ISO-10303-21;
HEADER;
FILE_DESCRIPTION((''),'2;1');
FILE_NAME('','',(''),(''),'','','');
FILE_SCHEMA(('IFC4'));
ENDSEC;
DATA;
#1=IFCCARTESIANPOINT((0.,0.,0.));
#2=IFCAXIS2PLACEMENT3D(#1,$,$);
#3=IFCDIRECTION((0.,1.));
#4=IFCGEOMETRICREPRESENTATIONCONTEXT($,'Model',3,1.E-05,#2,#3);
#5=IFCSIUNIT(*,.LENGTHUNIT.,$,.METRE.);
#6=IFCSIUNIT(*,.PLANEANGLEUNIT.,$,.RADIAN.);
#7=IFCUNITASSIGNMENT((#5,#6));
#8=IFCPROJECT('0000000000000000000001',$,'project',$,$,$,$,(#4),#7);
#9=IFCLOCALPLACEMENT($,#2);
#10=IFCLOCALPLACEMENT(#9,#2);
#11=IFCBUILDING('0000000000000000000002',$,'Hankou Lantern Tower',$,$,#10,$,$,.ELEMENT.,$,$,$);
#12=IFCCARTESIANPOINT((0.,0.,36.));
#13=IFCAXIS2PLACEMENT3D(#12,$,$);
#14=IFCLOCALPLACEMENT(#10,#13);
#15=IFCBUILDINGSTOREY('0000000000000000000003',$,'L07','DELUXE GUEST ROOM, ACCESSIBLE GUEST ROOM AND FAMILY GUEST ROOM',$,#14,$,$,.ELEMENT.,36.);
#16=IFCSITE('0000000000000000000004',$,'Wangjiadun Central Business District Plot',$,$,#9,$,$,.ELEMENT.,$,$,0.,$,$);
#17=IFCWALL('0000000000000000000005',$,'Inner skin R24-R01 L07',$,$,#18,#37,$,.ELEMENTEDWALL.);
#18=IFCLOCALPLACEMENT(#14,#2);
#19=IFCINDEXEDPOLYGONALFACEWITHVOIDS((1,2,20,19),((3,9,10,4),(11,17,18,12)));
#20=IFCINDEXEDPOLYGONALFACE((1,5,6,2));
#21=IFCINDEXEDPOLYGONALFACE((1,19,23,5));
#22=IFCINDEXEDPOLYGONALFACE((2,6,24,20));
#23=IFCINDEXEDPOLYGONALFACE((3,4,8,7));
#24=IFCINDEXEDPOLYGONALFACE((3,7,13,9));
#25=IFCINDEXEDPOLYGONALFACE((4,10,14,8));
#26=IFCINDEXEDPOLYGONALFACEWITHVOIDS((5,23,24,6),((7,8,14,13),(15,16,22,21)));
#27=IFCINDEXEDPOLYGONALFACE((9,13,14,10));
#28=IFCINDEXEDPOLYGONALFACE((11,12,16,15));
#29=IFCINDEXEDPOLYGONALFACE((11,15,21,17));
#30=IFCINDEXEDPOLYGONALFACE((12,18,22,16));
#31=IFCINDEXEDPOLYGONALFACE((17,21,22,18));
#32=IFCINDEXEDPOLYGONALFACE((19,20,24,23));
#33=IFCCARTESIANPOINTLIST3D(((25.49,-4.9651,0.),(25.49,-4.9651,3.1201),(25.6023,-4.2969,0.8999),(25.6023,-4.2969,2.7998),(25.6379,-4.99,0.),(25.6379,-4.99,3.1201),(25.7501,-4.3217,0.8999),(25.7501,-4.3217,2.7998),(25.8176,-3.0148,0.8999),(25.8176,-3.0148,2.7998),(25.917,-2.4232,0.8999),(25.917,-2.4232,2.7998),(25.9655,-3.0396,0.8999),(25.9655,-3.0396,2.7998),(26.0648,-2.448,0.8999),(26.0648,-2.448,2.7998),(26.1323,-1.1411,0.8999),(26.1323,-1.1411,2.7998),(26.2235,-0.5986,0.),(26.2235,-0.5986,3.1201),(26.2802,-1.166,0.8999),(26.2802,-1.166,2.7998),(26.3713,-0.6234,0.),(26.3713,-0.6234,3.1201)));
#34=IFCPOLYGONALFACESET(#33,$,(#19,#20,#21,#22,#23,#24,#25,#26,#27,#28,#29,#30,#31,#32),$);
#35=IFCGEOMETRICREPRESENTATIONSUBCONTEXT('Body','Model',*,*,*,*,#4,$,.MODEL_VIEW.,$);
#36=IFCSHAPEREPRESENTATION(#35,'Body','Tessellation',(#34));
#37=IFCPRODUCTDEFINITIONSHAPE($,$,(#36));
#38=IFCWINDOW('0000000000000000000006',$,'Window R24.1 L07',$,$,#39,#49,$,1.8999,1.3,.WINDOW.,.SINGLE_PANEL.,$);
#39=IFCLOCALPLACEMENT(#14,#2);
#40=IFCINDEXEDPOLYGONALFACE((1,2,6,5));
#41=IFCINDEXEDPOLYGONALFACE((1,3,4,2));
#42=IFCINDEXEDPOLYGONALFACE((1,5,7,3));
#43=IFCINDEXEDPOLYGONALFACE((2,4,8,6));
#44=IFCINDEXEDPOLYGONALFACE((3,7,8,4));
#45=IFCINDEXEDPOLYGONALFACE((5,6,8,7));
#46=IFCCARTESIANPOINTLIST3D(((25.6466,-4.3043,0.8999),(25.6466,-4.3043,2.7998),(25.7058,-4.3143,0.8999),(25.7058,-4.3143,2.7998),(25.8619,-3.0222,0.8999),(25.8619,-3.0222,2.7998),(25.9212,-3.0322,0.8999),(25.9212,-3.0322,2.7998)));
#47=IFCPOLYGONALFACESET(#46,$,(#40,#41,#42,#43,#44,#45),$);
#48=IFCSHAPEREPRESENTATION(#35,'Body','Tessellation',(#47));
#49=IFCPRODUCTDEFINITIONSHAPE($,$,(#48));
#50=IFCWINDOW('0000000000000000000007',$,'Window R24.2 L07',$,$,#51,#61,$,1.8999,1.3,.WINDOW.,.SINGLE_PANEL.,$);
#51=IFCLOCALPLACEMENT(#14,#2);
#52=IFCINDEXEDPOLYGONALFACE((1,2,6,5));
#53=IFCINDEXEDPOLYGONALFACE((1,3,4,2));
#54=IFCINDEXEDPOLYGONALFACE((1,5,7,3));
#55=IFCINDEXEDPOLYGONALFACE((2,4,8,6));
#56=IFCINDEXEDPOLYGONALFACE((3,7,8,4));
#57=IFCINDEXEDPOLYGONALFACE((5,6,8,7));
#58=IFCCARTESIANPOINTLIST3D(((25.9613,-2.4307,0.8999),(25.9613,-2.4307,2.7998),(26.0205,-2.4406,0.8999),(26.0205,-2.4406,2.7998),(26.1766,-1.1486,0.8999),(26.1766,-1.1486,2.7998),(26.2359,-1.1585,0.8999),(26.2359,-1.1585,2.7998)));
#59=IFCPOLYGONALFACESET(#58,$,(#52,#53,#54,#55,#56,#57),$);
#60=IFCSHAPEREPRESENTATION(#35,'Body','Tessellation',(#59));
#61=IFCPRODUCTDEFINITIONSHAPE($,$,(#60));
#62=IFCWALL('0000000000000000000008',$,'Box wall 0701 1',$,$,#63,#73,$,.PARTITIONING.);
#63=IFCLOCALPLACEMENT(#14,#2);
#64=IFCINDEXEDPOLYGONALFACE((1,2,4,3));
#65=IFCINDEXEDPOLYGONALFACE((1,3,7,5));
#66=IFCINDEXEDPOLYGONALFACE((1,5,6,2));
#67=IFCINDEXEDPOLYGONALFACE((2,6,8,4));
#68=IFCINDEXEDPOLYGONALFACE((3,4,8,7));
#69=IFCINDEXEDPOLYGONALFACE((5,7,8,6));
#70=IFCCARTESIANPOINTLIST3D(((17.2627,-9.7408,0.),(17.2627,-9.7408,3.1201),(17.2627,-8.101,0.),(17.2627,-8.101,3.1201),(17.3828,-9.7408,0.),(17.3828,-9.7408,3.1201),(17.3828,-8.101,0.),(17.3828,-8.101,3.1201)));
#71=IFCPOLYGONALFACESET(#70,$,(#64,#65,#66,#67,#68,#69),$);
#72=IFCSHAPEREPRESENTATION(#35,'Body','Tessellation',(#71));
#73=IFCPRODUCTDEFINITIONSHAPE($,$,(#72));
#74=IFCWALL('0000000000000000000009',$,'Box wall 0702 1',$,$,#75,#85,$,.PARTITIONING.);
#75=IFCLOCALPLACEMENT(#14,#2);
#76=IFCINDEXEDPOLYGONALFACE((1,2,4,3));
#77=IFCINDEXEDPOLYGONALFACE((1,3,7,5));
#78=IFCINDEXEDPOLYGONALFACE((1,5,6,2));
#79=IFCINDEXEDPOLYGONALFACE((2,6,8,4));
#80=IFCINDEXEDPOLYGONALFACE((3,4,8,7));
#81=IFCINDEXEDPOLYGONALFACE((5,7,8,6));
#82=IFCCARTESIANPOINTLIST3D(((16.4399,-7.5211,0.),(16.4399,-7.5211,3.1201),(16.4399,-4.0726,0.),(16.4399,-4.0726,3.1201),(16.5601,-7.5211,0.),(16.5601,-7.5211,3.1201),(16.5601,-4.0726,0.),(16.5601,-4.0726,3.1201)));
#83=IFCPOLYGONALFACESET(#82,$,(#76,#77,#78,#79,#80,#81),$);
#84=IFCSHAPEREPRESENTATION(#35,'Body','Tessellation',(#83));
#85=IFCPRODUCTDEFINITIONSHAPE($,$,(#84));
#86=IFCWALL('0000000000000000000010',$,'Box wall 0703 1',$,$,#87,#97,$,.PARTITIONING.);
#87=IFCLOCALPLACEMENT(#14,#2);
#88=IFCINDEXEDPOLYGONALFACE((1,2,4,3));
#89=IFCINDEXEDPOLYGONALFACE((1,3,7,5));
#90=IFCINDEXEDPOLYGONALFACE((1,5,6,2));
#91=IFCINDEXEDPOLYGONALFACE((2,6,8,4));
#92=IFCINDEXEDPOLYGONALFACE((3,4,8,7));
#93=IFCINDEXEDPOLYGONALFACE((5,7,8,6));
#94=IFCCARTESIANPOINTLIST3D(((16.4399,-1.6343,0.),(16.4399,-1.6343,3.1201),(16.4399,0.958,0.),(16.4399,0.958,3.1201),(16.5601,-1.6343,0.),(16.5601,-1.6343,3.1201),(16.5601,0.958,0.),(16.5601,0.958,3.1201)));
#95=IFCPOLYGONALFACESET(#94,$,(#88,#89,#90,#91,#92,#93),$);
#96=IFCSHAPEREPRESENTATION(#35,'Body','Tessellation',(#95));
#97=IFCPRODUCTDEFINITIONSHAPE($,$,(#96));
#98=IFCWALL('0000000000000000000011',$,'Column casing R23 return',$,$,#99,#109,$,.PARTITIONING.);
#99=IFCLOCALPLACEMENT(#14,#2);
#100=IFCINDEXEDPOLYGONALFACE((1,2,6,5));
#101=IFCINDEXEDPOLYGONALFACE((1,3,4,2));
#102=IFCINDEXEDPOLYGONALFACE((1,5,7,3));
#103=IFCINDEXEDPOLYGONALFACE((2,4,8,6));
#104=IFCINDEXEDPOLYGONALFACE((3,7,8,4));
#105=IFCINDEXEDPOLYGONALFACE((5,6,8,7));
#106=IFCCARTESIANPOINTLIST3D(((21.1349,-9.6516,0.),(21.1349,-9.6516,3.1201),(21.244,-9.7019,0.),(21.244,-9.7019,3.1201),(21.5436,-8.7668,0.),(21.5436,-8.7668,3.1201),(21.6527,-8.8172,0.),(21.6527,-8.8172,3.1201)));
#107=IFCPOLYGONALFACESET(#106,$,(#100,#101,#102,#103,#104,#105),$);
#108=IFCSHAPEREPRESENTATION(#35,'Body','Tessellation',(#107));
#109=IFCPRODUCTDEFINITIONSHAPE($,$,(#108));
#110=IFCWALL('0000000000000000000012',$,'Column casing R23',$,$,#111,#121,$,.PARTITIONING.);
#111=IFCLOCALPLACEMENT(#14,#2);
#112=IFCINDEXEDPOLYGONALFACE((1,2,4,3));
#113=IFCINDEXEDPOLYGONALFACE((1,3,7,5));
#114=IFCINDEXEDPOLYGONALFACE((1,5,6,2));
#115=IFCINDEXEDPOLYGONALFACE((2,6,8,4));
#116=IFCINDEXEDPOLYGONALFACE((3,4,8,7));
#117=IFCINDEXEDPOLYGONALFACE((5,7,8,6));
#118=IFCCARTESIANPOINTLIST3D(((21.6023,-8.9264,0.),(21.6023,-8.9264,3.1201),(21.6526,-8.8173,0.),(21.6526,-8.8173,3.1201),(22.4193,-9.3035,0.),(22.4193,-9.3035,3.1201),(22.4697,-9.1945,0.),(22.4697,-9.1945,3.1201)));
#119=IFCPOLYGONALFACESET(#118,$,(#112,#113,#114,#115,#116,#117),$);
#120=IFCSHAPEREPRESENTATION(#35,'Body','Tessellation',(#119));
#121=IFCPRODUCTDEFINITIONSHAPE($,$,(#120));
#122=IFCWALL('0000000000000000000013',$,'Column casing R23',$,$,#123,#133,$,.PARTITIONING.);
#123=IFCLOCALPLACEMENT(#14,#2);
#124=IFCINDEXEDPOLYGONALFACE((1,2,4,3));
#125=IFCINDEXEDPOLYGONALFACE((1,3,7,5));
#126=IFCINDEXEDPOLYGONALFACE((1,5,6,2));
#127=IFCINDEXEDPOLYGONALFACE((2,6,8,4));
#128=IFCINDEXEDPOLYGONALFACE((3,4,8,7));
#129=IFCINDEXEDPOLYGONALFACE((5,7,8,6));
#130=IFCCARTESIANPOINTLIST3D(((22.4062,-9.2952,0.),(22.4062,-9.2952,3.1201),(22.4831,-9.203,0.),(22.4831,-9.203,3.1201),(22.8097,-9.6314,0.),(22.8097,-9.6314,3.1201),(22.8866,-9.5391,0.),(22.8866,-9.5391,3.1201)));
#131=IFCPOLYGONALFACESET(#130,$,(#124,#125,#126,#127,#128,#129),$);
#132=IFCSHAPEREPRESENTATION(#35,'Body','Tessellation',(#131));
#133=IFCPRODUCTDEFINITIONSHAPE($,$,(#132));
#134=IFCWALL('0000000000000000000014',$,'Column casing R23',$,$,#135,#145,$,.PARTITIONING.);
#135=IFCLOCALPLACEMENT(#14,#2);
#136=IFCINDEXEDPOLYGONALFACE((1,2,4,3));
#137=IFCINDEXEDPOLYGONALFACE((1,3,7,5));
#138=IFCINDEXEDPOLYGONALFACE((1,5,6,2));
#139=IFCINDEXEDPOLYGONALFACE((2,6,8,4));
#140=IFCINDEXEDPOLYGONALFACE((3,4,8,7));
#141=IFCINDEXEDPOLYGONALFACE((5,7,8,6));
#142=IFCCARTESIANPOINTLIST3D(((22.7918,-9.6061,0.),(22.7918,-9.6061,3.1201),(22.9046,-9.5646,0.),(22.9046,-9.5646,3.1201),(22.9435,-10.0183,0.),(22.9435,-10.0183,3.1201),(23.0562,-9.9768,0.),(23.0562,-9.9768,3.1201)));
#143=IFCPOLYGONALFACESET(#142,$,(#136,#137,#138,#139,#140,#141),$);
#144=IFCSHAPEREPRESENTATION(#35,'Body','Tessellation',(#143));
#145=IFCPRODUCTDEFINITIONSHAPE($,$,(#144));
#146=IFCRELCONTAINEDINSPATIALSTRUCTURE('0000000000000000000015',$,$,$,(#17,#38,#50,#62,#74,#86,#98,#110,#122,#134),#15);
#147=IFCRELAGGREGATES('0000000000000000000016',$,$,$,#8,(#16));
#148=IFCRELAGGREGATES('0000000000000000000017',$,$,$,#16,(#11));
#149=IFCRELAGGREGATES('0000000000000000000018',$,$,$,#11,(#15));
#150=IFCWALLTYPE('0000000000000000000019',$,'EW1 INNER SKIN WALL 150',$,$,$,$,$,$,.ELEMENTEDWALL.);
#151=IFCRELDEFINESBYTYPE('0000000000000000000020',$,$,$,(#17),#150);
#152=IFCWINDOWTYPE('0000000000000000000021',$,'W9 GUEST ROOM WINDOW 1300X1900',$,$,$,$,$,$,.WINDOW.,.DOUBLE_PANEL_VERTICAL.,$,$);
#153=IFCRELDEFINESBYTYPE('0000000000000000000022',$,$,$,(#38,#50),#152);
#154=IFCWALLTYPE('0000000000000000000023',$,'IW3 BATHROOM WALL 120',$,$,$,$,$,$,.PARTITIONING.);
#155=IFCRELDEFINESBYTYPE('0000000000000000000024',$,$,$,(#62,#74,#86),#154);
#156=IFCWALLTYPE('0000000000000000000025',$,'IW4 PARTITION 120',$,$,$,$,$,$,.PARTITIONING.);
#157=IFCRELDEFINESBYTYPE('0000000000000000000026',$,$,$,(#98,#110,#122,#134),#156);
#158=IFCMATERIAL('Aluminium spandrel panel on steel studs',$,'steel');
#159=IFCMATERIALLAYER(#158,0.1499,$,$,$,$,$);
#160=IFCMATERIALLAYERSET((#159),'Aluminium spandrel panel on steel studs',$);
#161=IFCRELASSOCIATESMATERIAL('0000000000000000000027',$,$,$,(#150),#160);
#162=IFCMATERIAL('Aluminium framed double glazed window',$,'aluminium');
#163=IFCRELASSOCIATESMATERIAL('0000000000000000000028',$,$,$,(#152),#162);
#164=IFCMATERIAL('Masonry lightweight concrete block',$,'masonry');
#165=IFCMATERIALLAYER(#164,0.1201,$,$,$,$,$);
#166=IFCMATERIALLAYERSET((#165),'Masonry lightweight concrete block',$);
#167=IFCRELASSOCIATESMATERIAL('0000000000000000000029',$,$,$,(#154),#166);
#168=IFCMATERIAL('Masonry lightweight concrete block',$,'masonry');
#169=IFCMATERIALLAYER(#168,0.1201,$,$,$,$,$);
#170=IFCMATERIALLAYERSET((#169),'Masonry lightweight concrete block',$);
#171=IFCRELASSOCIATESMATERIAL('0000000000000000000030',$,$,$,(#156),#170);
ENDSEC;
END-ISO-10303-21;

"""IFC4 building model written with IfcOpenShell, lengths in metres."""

from ifc_helpers import new_model, si_unit, direction, frame, frame_2d, origin, place, context, subcontext, project, spatial, rectangle, extrude, material, layer, layer_set, type_object, element, fill, save


model = new_model("IFC4")

# Units and contexts
model_context = context("Model", 3, precision=1e-05, world=origin(), true_north=direction((0.0, 1.0)))
body_context = subcontext(model_context, "Body", "Model", "MODEL_VIEW")
ifc_project = project(units=[si_unit("LENGTHUNIT", "METRE"), si_unit("PLANEANGLEUNIT", "RADIAN")], contexts=[model_context])

# Site, building, storey
site_placement = place(None, origin())
site = spatial("IfcSite", under=ifc_project, at=site_placement, Name="Wangjiadun Central Business District Plot", CompositionType="ELEMENT", RefElevation=0.0)
building_placement = place(site_placement, origin())
building = spatial("IfcBuilding", under=site, at=building_placement, Name="Hankou Lantern Tower", CompositionType="ELEMENT")
storey_placement = place(building_placement, frame((0.0, 0.0, 36.0)))
storey = spatial("IfcBuildingStorey", under=building, at=storey_placement, Name="L07", Description="DELUXE GUEST ROOM, ACCESSIBLE GUEST ROOM AND FAMILY GUEST ROOM", CompositionType="ELEMENT", Elevation=36.0)

# Wall, openings, windows
ifc_material_1 = material(Name="Aluminium spandrel panel on steel studs", Category="steel")
ifc_layer_1 = layer(ifc_material_1, 0.1499)
ifc_layer_set_1 = layer_set([ifc_layer_1], Name="Aluminium spandrel panel on steel studs")
wall_type_1 = type_object("IfcWallType", Name="EW1 INNER SKIN WALL 150", PredefinedType="ELEMENTEDWALL", material=ifc_layer_set_1)
wall_1_placement = place(storey_placement, frame((25.564, -4.9775, 0.0), z_axis=(0.0, 0.0, 1.0), x_axis=(0.165642, 0.986186, 0.0)))
wall_1 = element("IfcWall", 1, at=wall_1_placement, inside=storey, type_object=wall_type_1, Name="Inner skin R24-R01 L07", PredefinedType="ELEMENTEDWALL", context=body_context, shape_type="SweptSolid", body=[
    extrude(rectangle(XDim=4.4277, YDim=0.1499, at=frame_2d((2.2139, 0.0))), origin(), (0.0, 0.0, 1.0), 3.1201),
])
opening_1_placement = place(wall_1_placement, frame((0.6777, 0.0, 0.8999)))
opening_1 = element("IfcOpeningElement", 2, at=opening_1_placement, cuts=wall_1, PredefinedType="OPENING", context=body_context, shape_type="SweptSolid", body=[
    extrude(rectangle(XDim=1.3, YDim=1.8999, at=frame_2d((0.6499, 0.95))), frame((0.0, 0.085, 0.0), z_axis=(0.0, -1.0, 0.0), x_axis=(1.0, 0.0, 0.0)), (0.0, 0.0, 1.0), 0.1699),
])
opening_2_placement = place(wall_1_placement, frame((2.5776, 0.0, 0.8999)))
opening_2 = element("IfcOpeningElement", 3, at=opening_2_placement, cuts=wall_1, PredefinedType="OPENING", context=body_context, shape_type="SweptSolid", body=[
    extrude(rectangle(XDim=1.3, YDim=1.8999, at=frame_2d((0.6499, 0.95))), frame((0.0, 0.085, 0.0), z_axis=(0.0, -1.0, 0.0), x_axis=(1.0, 0.0, 0.0)), (0.0, 0.0, 1.0), 0.1699),
])
ifc_material_2 = material(Name="Aluminium framed double glazed window", Category="aluminium")
window_type = type_object("IfcWindowType", Name="W9 GUEST ROOM WINDOW 1300X1900", PartitioningType="DOUBLE_PANEL_VERTICAL", PredefinedType="WINDOW", material=ifc_material_2)
window_1_placement = place(opening_1_placement, origin())
window_1 = element("IfcWindow", 4, at=window_1_placement, inside=storey, type_object=window_type, Name="Window R24.1 L07", OverallHeight=1.8999, OverallWidth=1.3, PartitioningType="SINGLE_PANEL", PredefinedType="WINDOW", context=body_context, shape_type="SweptSolid", body=[
    extrude(rectangle(XDim=1.3, YDim=1.8999, at=frame_2d((0.6499, 0.95))), frame((0.0, 0.03, 0.0), z_axis=(0.0, -1.0, 0.0), x_axis=(1.0, 0.0, 0.0)), (0.0, 0.0, 1.0), 0.0601),
])
fill(opening_1, window_1)
window_2_placement = place(opening_2_placement, origin())
window_2 = element("IfcWindow", 5, at=window_2_placement, inside=storey, type_object=window_type, Name="Window R24.2 L07", OverallHeight=1.8999, OverallWidth=1.3, PartitioningType="SINGLE_PANEL", PredefinedType="WINDOW", context=body_context, shape_type="SweptSolid", body=[
    extrude(rectangle(XDim=1.3, YDim=1.8999, at=frame_2d((0.6499, 0.95))), frame((0.0, 0.03, 0.0), z_axis=(0.0, -1.0, 0.0), x_axis=(1.0, 0.0, 0.0)), (0.0, 0.0, 1.0), 0.0601),
])
fill(opening_2, window_2)

# Walls
ifc_material_3 = material(Name="Masonry lightweight concrete block", Category="masonry")
ifc_layer_2 = layer(ifc_material_3, 0.1201)
ifc_layer_set_2 = layer_set([ifc_layer_2], Name="Masonry lightweight concrete block")
wall_type_2 = type_object("IfcWallType", Name="IW3 BATHROOM WALL 120", PredefinedType="PARTITIONING", material=ifc_layer_set_2)
wall_2_placement = place(storey_placement, frame((17.3228, -8.1011, 0.0), z_axis=(0.0, 0.0, 1.0), x_axis=(0.0, -1.0, 0.0)))
element("IfcWall", 6, at=wall_2_placement, inside=storey, type_object=wall_type_2, Name="Box wall 0701 1", PredefinedType="PARTITIONING", context=body_context, shape_type="SweptSolid", body=[
    extrude(rectangle(XDim=1.6399, YDim=0.1201, at=frame_2d((0.8198, 0.0))), origin(), (0.0, 0.0, 1.0), 3.1201),
])
wall_3_placement = place(storey_placement, frame((16.5, -7.521, 0.0), z_axis=(0.0, 0.0, 1.0), x_axis=(0.0, 1.0, 0.0)))
element("IfcWall", 7, at=wall_3_placement, inside=storey, type_object=wall_type_2, Name="Box wall 0702 1", PredefinedType="PARTITIONING", context=body_context, shape_type="SweptSolid", body=[
    extrude(rectangle(XDim=3.4485, YDim=0.1201, at=frame_2d((1.7241, 0.0))), origin(), (0.0, 0.0, 1.0), 3.1201),
])
wall_4_placement = place(storey_placement, frame((16.5, -1.6343, 0.0), z_axis=(0.0, 0.0, 1.0), x_axis=(0.0, 1.0, 0.0)))
element("IfcWall", 8, at=wall_4_placement, inside=storey, type_object=wall_type_2, Name="Box wall 0703 1", PredefinedType="PARTITIONING", context=body_context, shape_type="SweptSolid", body=[
    extrude(rectangle(XDim=2.5923, YDim=0.1201, at=frame_2d((1.2961, 0.0))), origin(), (0.0, 0.0, 1.0), 3.1201),
])
ifc_material_4 = material(Name="Masonry lightweight concrete block", Category="masonry")
ifc_layer_3 = layer(ifc_material_4, 0.1201)
ifc_layer_set_3 = layer_set([ifc_layer_3], Name="Masonry lightweight concrete block")
wall_type_3 = type_object("IfcWallType", Name="IW4 PARTITION 120", PredefinedType="PARTITIONING", material=ifc_layer_set_3)
wall_5_placement = place(storey_placement, frame((21.1895, -9.6768, 0.0), z_axis=(0.0, 0.0, 1.0), x_axis=(0.419344, 0.907827, 0.0)))
element("IfcWall", 9, at=wall_5_placement, inside=storey, type_object=wall_type_3, Name="Column casing R23 return", PredefinedType="PARTITIONING", context=body_context, shape_type="SweptSolid", body=[
    extrude(rectangle(XDim=0.9746, YDim=0.1201, at=frame_2d((0.4873, 0.0))), origin(), (0.0, 0.0, 1.0), 3.1201),
])
wall_6_placement = place(storey_placement, frame((21.6274, -8.8718, 0.0), z_axis=(0.0, 0.0, 1.0), x_axis=(0.907936, -0.41911, 0.0)))
element("IfcWall", 10, at=wall_6_placement, inside=storey, type_object=wall_type_3, Name="Column casing R23", PredefinedType="PARTITIONING", context=body_context, shape_type="SweptSolid", body=[
    extrude(rectangle(XDim=0.8999, YDim=0.1201, at=frame_2d((0.45, 0.0))), origin(), (0.0, 0.0, 1.0), 3.1201),
])
wall_7_placement = place(storey_placement, frame((22.4446, -9.249, 0.0), z_axis=(0.0, 0.0, 1.0), x_axis=(0.768336, -0.640047, 0.0)))
element("IfcWall", 11, at=wall_7_placement, inside=storey, type_object=wall_type_3, Name="Column casing R23", PredefinedType="PARTITIONING", context=body_context, shape_type="SweptSolid", body=[
    extrude(rectangle(XDim=0.5251, YDim=0.1201, at=frame_2d((0.2627, 0.0))), origin(), (0.0, 0.0, 1.0), 3.1201),
])
wall_8_placement = place(storey_placement, frame((22.8481, -9.5852, 0.0), z_axis=(0.0, 0.0, 1.0), x_axis=(0.345267, -0.938504, 0.0)))
element("IfcWall", 12, at=wall_8_placement, inside=storey, type_object=wall_type_3, Name="Column casing R23", PredefinedType="PARTITIONING", context=body_context, shape_type="SweptSolid", body=[
    extrude(rectangle(XDim=0.4392, YDim=0.1201, at=frame_2d((0.2197, 0.0))), origin(), (0.0, 0.0, 1.0), 3.1201),
])

save(model, "model.ifc")
